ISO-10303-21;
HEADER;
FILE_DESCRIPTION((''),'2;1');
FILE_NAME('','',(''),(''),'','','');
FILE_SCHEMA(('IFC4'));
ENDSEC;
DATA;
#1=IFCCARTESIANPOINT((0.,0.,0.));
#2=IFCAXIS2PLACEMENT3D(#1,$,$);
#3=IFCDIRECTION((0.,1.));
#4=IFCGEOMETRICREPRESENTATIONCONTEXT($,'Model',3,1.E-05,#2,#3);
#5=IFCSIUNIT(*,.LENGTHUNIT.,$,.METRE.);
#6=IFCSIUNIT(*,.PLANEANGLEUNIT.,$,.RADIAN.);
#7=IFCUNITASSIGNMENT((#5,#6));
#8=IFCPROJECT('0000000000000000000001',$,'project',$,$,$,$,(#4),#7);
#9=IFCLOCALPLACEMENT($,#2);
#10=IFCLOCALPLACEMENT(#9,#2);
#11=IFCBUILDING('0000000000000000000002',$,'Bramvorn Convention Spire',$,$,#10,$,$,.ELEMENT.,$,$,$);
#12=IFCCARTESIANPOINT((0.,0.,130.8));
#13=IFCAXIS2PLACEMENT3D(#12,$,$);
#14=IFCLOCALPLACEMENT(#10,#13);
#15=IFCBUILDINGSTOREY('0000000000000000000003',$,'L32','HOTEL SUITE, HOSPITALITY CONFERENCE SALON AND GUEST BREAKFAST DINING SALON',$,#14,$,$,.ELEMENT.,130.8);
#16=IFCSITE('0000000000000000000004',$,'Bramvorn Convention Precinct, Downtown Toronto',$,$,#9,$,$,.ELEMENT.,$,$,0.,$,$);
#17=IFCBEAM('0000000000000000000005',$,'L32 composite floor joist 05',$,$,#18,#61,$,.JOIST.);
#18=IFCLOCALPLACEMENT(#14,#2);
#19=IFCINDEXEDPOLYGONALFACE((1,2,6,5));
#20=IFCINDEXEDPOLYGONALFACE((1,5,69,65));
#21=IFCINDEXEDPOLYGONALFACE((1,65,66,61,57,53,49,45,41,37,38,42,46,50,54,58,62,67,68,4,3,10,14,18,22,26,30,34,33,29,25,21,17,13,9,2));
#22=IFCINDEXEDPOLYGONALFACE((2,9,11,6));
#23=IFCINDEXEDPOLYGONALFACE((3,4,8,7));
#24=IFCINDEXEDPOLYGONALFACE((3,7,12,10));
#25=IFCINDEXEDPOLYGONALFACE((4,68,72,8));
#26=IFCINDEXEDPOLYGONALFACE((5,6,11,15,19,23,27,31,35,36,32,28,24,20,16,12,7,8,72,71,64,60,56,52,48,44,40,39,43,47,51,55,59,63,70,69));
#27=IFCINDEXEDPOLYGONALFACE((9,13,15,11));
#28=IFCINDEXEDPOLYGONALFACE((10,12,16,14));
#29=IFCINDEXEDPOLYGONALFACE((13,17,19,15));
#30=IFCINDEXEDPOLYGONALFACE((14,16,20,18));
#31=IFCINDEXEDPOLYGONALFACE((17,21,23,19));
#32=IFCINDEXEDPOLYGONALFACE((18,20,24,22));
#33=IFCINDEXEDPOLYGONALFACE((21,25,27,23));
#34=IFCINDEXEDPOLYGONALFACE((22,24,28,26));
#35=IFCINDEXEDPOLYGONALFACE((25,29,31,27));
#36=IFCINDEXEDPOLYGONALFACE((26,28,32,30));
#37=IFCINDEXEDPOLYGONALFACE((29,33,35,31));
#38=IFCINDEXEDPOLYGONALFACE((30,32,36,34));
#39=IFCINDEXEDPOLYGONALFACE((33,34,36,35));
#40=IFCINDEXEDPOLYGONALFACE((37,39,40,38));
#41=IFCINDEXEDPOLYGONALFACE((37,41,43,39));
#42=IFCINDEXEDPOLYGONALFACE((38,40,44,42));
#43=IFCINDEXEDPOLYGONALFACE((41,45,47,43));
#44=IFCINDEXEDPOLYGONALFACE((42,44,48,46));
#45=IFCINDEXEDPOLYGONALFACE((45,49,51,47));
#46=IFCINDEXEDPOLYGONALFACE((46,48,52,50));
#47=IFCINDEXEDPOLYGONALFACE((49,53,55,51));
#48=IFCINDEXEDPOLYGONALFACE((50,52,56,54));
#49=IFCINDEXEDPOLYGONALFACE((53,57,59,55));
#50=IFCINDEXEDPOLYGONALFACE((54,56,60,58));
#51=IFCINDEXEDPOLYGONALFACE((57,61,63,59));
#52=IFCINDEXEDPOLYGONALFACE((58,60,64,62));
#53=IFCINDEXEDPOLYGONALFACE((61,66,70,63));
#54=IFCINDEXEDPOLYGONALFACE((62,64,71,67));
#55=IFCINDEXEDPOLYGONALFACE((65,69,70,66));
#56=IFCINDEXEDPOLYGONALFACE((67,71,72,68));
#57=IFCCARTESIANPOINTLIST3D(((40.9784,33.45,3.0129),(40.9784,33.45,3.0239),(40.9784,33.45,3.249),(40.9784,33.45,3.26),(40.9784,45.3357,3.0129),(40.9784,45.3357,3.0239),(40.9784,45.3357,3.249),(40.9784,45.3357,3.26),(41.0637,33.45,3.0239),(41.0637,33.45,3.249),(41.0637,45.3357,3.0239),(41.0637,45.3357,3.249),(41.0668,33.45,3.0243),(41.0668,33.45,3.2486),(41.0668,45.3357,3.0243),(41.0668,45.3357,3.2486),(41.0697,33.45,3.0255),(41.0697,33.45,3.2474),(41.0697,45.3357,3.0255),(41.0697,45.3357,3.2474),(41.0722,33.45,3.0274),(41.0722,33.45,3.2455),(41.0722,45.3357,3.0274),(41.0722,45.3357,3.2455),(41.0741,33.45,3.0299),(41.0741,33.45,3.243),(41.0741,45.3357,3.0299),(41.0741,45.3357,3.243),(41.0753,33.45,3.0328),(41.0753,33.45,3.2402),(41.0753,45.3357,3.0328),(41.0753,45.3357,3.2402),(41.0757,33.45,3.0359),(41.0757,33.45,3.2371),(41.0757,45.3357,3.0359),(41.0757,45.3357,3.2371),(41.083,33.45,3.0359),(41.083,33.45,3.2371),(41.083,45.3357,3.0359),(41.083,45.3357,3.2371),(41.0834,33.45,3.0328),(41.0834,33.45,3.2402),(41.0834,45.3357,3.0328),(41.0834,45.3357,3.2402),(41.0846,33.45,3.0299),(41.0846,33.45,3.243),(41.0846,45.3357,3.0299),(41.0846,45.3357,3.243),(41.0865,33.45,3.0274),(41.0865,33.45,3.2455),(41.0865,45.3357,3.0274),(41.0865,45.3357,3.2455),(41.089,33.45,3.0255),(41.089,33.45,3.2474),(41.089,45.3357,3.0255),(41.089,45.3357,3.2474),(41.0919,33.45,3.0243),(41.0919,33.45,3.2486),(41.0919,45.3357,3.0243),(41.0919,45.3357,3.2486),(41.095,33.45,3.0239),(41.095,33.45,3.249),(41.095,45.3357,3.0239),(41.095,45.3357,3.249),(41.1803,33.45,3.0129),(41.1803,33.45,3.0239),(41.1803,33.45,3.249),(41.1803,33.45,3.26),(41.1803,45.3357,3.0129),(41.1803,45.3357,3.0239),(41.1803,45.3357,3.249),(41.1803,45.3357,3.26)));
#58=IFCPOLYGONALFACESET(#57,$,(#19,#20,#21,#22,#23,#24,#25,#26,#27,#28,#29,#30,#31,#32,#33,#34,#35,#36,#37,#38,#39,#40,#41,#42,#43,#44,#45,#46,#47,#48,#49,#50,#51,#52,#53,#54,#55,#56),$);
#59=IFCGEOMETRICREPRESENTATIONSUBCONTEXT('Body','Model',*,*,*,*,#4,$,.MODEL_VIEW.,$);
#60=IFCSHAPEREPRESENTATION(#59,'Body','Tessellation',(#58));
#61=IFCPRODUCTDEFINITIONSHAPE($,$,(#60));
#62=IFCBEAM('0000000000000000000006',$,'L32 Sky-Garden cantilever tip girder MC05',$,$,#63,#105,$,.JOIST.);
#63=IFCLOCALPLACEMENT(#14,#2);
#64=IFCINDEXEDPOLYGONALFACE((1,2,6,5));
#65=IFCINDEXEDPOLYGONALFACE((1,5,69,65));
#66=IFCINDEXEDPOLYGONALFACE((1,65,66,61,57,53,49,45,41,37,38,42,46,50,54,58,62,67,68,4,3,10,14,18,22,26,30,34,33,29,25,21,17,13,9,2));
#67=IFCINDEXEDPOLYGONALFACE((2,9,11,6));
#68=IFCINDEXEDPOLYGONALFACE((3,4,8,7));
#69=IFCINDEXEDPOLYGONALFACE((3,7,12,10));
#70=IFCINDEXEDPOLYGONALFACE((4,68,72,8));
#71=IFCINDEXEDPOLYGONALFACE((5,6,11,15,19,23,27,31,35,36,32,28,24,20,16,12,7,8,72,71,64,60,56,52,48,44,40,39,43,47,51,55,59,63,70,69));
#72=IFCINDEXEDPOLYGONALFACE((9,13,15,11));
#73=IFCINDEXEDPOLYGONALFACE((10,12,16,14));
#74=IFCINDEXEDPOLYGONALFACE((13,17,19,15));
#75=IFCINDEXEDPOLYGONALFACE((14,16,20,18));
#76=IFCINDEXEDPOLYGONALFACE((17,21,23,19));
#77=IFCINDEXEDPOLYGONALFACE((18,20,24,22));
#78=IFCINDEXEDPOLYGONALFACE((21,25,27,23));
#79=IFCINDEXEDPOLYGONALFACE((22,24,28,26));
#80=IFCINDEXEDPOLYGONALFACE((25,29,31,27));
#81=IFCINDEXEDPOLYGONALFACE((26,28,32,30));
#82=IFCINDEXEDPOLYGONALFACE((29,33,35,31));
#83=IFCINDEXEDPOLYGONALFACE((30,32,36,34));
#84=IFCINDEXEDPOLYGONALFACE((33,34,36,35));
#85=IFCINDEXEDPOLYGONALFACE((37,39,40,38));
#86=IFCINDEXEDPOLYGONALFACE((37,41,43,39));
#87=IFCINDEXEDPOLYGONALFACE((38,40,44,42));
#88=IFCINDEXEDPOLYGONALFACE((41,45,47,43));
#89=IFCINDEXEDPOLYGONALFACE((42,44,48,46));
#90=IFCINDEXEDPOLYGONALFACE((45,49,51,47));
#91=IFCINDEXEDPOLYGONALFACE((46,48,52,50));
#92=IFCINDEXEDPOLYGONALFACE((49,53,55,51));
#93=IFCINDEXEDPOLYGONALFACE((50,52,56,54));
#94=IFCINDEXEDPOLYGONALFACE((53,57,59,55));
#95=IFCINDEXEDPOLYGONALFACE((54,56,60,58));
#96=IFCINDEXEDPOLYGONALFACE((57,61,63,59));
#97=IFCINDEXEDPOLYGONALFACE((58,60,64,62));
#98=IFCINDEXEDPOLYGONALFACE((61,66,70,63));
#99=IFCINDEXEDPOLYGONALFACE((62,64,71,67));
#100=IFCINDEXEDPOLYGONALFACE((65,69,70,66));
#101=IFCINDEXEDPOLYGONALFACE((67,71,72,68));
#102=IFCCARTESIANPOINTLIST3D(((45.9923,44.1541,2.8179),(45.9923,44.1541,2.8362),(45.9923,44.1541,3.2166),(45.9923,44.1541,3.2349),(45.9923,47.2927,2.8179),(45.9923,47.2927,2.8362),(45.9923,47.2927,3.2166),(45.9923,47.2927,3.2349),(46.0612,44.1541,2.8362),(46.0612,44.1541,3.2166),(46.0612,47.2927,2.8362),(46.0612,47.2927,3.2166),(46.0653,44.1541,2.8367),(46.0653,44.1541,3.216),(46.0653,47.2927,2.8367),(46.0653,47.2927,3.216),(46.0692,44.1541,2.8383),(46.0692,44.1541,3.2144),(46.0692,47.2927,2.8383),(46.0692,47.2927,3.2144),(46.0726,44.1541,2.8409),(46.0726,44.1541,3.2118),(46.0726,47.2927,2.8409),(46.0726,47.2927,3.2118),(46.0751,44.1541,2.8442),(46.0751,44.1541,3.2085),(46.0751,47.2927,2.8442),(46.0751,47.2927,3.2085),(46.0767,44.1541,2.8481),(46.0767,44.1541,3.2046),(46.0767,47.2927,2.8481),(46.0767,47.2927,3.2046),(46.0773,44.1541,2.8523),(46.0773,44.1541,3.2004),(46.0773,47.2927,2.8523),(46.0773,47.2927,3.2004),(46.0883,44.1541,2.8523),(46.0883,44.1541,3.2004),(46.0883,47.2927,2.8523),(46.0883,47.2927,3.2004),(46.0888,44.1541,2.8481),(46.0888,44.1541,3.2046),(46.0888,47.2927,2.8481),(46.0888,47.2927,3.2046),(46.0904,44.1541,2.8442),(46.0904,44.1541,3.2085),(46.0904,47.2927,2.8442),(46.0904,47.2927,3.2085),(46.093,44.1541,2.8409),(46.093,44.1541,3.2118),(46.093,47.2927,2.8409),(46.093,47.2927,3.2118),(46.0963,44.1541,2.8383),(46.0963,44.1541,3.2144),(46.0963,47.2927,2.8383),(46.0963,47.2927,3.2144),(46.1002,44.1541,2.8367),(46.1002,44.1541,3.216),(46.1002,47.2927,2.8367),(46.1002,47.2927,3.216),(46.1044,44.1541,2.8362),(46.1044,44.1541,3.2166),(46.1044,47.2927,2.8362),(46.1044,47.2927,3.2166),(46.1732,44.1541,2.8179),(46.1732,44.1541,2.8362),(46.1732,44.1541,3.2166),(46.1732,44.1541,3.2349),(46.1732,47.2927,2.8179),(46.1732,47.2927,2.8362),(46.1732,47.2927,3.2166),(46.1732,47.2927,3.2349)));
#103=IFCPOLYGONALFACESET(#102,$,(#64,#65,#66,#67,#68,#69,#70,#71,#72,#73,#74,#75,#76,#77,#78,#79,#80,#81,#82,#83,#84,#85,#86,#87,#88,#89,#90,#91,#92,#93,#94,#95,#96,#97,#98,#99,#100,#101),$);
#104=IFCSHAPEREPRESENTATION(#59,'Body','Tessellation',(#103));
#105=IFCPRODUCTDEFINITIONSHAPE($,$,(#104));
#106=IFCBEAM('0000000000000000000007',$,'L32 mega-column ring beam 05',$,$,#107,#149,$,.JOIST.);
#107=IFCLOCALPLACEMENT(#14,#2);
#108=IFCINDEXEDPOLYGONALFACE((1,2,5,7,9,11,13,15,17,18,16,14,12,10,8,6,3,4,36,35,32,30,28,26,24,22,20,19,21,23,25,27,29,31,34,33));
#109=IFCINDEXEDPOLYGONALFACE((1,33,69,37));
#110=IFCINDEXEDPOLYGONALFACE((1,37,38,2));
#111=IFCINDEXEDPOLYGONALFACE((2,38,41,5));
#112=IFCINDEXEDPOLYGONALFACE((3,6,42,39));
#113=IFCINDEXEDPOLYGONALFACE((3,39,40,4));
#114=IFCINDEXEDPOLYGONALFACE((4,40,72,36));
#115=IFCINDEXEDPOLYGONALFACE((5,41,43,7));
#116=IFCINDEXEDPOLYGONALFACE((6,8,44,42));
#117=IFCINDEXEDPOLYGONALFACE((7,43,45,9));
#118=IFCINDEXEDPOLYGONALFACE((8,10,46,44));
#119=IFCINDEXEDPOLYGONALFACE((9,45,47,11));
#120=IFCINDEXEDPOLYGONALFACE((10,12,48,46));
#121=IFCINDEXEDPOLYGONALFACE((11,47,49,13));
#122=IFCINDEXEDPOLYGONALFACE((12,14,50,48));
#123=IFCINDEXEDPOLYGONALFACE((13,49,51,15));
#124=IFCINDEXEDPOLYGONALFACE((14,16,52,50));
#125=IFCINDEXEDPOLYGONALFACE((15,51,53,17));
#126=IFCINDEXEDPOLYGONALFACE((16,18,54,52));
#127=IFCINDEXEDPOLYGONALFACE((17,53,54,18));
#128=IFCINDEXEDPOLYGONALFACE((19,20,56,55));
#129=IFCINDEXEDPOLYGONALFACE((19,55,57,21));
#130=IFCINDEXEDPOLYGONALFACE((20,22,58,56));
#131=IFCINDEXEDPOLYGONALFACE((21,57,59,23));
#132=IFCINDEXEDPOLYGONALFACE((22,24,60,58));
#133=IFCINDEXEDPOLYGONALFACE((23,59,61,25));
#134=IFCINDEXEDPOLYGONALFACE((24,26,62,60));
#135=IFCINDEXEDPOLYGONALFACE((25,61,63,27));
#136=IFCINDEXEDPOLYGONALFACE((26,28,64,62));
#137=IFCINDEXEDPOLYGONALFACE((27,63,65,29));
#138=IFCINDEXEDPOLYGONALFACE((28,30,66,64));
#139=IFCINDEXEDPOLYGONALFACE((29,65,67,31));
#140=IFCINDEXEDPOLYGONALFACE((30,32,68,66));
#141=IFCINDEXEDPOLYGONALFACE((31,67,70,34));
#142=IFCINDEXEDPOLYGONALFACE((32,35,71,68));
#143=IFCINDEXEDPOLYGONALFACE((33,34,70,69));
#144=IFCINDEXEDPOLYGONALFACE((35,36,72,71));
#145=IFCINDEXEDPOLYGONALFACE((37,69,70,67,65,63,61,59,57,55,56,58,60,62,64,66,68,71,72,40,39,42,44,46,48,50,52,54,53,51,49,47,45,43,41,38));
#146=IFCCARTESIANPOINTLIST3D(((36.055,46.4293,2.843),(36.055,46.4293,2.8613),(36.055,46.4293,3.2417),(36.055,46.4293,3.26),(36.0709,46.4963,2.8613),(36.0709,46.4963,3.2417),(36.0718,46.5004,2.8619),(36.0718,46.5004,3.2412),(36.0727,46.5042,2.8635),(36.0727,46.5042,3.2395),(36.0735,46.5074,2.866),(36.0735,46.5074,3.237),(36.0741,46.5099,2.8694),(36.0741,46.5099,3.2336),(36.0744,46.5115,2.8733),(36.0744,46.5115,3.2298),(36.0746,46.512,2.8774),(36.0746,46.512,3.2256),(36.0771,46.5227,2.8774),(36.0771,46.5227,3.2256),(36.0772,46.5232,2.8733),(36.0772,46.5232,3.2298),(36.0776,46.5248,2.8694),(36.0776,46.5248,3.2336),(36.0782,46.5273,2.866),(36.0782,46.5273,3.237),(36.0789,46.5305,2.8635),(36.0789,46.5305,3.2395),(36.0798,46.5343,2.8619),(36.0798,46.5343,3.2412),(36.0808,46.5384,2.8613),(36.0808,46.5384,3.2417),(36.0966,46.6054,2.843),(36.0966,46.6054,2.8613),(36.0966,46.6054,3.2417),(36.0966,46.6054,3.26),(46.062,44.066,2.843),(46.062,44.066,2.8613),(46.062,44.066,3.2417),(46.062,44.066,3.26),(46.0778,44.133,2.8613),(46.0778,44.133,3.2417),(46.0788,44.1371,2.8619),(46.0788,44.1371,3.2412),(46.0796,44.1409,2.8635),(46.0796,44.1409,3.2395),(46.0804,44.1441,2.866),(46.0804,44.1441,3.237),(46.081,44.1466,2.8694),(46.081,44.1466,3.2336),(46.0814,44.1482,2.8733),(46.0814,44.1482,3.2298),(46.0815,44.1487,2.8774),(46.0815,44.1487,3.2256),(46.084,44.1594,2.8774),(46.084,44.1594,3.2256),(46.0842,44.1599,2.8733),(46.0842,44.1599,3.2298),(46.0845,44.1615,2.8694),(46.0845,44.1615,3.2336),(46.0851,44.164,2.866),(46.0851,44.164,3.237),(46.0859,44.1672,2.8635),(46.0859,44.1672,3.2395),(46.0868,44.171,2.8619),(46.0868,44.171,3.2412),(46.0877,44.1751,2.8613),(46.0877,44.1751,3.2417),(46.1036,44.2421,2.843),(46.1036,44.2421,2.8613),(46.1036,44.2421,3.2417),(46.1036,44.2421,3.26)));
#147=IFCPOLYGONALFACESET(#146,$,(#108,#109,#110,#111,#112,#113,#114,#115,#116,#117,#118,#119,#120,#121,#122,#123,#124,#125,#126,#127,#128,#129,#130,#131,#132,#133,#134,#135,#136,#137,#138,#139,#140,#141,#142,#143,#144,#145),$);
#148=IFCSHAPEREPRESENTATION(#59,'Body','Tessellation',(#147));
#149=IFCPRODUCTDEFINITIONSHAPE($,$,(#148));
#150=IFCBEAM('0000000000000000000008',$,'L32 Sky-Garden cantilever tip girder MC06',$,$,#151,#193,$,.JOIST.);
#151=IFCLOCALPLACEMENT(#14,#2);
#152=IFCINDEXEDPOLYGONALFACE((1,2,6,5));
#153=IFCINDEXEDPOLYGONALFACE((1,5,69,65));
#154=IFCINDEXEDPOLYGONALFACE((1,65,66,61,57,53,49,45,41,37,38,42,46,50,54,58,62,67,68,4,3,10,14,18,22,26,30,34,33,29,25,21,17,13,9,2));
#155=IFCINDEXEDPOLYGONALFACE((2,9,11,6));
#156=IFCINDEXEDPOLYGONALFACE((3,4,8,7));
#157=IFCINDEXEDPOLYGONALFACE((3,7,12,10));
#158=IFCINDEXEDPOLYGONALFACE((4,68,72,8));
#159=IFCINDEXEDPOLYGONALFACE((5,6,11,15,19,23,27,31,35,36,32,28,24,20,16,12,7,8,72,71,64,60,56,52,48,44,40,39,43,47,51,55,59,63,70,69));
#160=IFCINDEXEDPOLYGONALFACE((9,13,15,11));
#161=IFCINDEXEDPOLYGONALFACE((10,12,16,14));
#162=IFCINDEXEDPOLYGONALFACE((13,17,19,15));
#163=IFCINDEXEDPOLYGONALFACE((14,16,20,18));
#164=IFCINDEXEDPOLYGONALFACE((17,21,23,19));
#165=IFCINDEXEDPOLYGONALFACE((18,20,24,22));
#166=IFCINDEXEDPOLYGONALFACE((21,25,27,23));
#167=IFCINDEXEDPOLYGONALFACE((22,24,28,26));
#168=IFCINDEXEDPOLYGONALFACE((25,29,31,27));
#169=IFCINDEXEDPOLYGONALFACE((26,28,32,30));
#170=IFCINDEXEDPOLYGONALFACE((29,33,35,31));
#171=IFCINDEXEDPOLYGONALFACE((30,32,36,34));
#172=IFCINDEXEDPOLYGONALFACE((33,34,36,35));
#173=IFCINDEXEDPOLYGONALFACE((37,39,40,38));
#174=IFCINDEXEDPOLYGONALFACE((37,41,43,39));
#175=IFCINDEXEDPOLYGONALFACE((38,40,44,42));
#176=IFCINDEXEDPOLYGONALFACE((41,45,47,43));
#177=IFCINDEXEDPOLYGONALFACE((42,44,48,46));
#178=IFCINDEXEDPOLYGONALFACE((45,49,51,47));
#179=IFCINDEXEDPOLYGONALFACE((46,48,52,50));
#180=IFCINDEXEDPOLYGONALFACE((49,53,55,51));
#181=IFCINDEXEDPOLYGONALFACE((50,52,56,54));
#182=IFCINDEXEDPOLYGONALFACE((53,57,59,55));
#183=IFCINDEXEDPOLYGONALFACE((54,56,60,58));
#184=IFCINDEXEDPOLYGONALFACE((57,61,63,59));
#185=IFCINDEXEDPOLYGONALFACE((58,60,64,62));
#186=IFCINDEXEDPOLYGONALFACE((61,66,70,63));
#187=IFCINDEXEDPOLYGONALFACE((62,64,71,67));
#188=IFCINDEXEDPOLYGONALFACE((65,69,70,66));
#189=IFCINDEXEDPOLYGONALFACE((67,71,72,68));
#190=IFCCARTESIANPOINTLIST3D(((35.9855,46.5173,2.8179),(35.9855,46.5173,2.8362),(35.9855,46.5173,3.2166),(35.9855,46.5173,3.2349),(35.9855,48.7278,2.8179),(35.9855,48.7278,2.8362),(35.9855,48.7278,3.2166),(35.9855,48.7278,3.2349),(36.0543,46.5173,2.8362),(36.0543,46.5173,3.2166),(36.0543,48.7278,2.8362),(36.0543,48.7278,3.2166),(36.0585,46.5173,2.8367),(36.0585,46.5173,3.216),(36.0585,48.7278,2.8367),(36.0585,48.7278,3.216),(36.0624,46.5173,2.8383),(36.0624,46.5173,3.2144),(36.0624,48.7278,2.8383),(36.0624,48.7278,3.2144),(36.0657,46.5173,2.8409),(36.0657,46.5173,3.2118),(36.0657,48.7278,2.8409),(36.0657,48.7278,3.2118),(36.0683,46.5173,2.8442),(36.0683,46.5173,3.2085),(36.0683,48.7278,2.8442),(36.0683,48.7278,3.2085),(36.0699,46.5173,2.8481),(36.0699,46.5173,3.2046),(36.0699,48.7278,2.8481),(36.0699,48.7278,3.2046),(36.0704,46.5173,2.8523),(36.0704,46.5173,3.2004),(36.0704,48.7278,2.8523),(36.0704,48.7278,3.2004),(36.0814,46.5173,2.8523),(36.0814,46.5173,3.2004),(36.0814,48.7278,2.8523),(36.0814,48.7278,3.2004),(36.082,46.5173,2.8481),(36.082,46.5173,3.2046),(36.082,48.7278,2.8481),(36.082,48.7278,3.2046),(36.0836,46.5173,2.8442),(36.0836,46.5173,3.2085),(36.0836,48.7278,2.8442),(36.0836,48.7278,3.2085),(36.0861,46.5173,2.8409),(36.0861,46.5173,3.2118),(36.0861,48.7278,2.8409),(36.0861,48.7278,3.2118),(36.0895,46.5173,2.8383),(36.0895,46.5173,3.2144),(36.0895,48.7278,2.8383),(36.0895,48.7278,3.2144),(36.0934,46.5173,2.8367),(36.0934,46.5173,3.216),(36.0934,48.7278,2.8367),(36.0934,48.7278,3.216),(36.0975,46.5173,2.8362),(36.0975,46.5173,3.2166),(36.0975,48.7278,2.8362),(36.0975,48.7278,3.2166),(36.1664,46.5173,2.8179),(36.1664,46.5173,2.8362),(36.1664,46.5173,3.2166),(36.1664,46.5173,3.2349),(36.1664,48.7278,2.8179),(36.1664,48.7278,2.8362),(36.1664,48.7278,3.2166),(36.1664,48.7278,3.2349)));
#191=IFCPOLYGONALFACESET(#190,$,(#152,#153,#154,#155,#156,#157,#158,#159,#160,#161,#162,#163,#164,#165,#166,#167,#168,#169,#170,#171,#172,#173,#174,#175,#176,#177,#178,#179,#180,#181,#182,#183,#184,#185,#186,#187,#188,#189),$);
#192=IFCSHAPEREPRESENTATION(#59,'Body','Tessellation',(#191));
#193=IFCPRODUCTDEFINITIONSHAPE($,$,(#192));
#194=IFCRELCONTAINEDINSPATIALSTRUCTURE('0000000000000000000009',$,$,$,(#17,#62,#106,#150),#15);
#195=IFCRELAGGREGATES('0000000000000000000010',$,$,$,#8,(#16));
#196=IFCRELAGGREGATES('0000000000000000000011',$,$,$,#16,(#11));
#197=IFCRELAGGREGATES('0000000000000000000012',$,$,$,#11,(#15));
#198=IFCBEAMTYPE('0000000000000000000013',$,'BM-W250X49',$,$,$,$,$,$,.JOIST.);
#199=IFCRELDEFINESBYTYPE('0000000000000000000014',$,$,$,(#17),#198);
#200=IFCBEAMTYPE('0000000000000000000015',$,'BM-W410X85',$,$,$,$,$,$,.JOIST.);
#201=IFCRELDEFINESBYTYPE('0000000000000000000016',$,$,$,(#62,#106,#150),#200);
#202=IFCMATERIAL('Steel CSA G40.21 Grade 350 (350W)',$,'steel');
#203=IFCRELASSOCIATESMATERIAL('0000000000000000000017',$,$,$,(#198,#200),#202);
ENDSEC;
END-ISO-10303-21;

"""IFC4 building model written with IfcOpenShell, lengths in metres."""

from ifc_helpers import new_model, si_unit, direction, frame, origin, origin_2d, place, context, subcontext, project, spatial, i_section, extrude, material, material_profile, profile_set, type_object, element, save


model = new_model("IFC4")

# Units and contexts
model_context = context("Model", 3, precision=1e-05, world=origin(), true_north=direction((0.0, 1.0)))
body_context = subcontext(model_context, "Body", "Model", "MODEL_VIEW")
ifc_project = project(units=[si_unit("LENGTHUNIT", "METRE"), si_unit("PLANEANGLEUNIT", "RADIAN")], contexts=[model_context])

# Site, building, storey
site_placement = place(None, origin())
site = spatial("IfcSite", under=ifc_project, at=site_placement, Name="Bramvorn Convention Precinct, Downtown Toronto", CompositionType="ELEMENT", RefElevation=0.0)
building_placement = place(site_placement, origin())
building = spatial("IfcBuilding", under=site, at=building_placement, Name="Bramvorn Convention Spire", CompositionType="ELEMENT")
storey_placement = place(building_placement, frame((0.0, 0.0, 130.8)))
storey = spatial("IfcBuildingStorey", under=building, at=storey_placement, Name="L32", Description="HOTEL SUITE, HOSPITALITY CONFERENCE SALON AND GUEST BREAKFAST DINING SALON", CompositionType="ELEMENT", Elevation=130.8)

# Shared definitions
ifc_material_1 = material(Name="Steel CSA G40.21 Grade 350 (350W)", Category="steel")

# Beams
ifc_material_profile_1 = material_profile(ifc_material_1, i_section(OverallWidth=0.2019, OverallDepth=0.2471, WebThickness=0.0073, FlangeThickness=0.011, FilletRadius=0.012, at=origin_2d()))
ifc_profile_set_1 = profile_set([ifc_material_profile_1], Name="Steel CSA G40.21 Grade 350 (350W) - W250X49")
beam_type_1 = type_object("IfcBeamType", Name="BM-W250X49", PredefinedType="JOIST", material=ifc_profile_set_1)
beam_1_placement = place(storey_placement, frame((41.0793, 33.45, 3.1365), z_axis=(0.0, 1.0, 0.0), x_axis=(-1.0, 0.0, 0.0)))
element("IfcBeam", 1, at=beam_1_placement, inside=storey, type_object=beam_type_1, Name="L32 composite floor joist 05", PredefinedType="JOIST", context=body_context, shape_type="SweptSolid", body=[
    extrude(i_section(OverallWidth=0.2019, OverallDepth=0.2471, WebThickness=0.0073, FlangeThickness=0.011, FilletRadius=0.012, at=origin_2d()), origin(), (0.0, 0.0, 1.0), 11.8857),
])
ifc_material_profile_2 = material_profile(ifc_material_1, i_section(OverallWidth=0.1809, OverallDepth=0.417, WebThickness=0.011, FlangeThickness=0.0183, FilletRadius=0.0161, at=origin_2d()))
ifc_profile_set_2 = profile_set([ifc_material_profile_2], Name="Steel CSA G40.21 Grade 350 (350W) - W410X85")
beam_type_2 = type_object("IfcBeamType", Name="BM-W410X85", PredefinedType="JOIST", material=ifc_profile_set_2)
beam_2_placement = place(storey_placement, frame((46.0828, 44.1541, 3.0264), z_axis=(0.0, 1.0, 0.0), x_axis=(-1.0, 0.0, 0.0)))
element("IfcBeam", 2, at=beam_2_placement, inside=storey, type_object=beam_type_2, Name="L32 Sky-Garden cantilever tip girder MC05", PredefinedType="JOIST", context=body_context, shape_type="SweptSolid", body=[
    extrude(i_section(OverallWidth=0.1809, OverallDepth=0.417, WebThickness=0.011, FlangeThickness=0.0183, FilletRadius=0.0161, at=origin_2d()), origin(), (0.0, 0.0, 1.0), 3.1387),
])
beam_3_placement = place(storey_placement, frame((46.0828, 44.1541, 3.0515), z_axis=(-0.973228, 0.229844, 0.0), x_axis=(-0.229844, -0.973228, 0.0)))
element("IfcBeam", 3, at=beam_3_placement, inside=storey, type_object=beam_type_2, Name="L32 mega-column ring beam 05", PredefinedType="JOIST", context=body_context, shape_type="SweptSolid", body=[
    extrude(i_section(OverallWidth=0.1809, OverallDepth=0.417, WebThickness=0.011, FlangeThickness=0.0183, FilletRadius=0.0161, at=origin_2d()), origin(), (0.0, 0.0, 1.0), 10.2822),
])
beam_4_placement = place(storey_placement, frame((36.0759, 46.5173, 3.0264), z_axis=(0.0, 1.0, 0.0), x_axis=(-1.0, 0.0, 0.0)))
element("IfcBeam", 4, at=beam_4_placement, inside=storey, type_object=beam_type_2, Name="L32 Sky-Garden cantilever tip girder MC06", PredefinedType="JOIST", context=body_context, shape_type="SweptSolid", body=[
    extrude(i_section(OverallWidth=0.1809, OverallDepth=0.417, WebThickness=0.011, FlangeThickness=0.0183, FilletRadius=0.0161, at=origin_2d()), origin(), (0.0, 0.0, 1.0), 2.2104),
])

save(model, "model.ifc")
